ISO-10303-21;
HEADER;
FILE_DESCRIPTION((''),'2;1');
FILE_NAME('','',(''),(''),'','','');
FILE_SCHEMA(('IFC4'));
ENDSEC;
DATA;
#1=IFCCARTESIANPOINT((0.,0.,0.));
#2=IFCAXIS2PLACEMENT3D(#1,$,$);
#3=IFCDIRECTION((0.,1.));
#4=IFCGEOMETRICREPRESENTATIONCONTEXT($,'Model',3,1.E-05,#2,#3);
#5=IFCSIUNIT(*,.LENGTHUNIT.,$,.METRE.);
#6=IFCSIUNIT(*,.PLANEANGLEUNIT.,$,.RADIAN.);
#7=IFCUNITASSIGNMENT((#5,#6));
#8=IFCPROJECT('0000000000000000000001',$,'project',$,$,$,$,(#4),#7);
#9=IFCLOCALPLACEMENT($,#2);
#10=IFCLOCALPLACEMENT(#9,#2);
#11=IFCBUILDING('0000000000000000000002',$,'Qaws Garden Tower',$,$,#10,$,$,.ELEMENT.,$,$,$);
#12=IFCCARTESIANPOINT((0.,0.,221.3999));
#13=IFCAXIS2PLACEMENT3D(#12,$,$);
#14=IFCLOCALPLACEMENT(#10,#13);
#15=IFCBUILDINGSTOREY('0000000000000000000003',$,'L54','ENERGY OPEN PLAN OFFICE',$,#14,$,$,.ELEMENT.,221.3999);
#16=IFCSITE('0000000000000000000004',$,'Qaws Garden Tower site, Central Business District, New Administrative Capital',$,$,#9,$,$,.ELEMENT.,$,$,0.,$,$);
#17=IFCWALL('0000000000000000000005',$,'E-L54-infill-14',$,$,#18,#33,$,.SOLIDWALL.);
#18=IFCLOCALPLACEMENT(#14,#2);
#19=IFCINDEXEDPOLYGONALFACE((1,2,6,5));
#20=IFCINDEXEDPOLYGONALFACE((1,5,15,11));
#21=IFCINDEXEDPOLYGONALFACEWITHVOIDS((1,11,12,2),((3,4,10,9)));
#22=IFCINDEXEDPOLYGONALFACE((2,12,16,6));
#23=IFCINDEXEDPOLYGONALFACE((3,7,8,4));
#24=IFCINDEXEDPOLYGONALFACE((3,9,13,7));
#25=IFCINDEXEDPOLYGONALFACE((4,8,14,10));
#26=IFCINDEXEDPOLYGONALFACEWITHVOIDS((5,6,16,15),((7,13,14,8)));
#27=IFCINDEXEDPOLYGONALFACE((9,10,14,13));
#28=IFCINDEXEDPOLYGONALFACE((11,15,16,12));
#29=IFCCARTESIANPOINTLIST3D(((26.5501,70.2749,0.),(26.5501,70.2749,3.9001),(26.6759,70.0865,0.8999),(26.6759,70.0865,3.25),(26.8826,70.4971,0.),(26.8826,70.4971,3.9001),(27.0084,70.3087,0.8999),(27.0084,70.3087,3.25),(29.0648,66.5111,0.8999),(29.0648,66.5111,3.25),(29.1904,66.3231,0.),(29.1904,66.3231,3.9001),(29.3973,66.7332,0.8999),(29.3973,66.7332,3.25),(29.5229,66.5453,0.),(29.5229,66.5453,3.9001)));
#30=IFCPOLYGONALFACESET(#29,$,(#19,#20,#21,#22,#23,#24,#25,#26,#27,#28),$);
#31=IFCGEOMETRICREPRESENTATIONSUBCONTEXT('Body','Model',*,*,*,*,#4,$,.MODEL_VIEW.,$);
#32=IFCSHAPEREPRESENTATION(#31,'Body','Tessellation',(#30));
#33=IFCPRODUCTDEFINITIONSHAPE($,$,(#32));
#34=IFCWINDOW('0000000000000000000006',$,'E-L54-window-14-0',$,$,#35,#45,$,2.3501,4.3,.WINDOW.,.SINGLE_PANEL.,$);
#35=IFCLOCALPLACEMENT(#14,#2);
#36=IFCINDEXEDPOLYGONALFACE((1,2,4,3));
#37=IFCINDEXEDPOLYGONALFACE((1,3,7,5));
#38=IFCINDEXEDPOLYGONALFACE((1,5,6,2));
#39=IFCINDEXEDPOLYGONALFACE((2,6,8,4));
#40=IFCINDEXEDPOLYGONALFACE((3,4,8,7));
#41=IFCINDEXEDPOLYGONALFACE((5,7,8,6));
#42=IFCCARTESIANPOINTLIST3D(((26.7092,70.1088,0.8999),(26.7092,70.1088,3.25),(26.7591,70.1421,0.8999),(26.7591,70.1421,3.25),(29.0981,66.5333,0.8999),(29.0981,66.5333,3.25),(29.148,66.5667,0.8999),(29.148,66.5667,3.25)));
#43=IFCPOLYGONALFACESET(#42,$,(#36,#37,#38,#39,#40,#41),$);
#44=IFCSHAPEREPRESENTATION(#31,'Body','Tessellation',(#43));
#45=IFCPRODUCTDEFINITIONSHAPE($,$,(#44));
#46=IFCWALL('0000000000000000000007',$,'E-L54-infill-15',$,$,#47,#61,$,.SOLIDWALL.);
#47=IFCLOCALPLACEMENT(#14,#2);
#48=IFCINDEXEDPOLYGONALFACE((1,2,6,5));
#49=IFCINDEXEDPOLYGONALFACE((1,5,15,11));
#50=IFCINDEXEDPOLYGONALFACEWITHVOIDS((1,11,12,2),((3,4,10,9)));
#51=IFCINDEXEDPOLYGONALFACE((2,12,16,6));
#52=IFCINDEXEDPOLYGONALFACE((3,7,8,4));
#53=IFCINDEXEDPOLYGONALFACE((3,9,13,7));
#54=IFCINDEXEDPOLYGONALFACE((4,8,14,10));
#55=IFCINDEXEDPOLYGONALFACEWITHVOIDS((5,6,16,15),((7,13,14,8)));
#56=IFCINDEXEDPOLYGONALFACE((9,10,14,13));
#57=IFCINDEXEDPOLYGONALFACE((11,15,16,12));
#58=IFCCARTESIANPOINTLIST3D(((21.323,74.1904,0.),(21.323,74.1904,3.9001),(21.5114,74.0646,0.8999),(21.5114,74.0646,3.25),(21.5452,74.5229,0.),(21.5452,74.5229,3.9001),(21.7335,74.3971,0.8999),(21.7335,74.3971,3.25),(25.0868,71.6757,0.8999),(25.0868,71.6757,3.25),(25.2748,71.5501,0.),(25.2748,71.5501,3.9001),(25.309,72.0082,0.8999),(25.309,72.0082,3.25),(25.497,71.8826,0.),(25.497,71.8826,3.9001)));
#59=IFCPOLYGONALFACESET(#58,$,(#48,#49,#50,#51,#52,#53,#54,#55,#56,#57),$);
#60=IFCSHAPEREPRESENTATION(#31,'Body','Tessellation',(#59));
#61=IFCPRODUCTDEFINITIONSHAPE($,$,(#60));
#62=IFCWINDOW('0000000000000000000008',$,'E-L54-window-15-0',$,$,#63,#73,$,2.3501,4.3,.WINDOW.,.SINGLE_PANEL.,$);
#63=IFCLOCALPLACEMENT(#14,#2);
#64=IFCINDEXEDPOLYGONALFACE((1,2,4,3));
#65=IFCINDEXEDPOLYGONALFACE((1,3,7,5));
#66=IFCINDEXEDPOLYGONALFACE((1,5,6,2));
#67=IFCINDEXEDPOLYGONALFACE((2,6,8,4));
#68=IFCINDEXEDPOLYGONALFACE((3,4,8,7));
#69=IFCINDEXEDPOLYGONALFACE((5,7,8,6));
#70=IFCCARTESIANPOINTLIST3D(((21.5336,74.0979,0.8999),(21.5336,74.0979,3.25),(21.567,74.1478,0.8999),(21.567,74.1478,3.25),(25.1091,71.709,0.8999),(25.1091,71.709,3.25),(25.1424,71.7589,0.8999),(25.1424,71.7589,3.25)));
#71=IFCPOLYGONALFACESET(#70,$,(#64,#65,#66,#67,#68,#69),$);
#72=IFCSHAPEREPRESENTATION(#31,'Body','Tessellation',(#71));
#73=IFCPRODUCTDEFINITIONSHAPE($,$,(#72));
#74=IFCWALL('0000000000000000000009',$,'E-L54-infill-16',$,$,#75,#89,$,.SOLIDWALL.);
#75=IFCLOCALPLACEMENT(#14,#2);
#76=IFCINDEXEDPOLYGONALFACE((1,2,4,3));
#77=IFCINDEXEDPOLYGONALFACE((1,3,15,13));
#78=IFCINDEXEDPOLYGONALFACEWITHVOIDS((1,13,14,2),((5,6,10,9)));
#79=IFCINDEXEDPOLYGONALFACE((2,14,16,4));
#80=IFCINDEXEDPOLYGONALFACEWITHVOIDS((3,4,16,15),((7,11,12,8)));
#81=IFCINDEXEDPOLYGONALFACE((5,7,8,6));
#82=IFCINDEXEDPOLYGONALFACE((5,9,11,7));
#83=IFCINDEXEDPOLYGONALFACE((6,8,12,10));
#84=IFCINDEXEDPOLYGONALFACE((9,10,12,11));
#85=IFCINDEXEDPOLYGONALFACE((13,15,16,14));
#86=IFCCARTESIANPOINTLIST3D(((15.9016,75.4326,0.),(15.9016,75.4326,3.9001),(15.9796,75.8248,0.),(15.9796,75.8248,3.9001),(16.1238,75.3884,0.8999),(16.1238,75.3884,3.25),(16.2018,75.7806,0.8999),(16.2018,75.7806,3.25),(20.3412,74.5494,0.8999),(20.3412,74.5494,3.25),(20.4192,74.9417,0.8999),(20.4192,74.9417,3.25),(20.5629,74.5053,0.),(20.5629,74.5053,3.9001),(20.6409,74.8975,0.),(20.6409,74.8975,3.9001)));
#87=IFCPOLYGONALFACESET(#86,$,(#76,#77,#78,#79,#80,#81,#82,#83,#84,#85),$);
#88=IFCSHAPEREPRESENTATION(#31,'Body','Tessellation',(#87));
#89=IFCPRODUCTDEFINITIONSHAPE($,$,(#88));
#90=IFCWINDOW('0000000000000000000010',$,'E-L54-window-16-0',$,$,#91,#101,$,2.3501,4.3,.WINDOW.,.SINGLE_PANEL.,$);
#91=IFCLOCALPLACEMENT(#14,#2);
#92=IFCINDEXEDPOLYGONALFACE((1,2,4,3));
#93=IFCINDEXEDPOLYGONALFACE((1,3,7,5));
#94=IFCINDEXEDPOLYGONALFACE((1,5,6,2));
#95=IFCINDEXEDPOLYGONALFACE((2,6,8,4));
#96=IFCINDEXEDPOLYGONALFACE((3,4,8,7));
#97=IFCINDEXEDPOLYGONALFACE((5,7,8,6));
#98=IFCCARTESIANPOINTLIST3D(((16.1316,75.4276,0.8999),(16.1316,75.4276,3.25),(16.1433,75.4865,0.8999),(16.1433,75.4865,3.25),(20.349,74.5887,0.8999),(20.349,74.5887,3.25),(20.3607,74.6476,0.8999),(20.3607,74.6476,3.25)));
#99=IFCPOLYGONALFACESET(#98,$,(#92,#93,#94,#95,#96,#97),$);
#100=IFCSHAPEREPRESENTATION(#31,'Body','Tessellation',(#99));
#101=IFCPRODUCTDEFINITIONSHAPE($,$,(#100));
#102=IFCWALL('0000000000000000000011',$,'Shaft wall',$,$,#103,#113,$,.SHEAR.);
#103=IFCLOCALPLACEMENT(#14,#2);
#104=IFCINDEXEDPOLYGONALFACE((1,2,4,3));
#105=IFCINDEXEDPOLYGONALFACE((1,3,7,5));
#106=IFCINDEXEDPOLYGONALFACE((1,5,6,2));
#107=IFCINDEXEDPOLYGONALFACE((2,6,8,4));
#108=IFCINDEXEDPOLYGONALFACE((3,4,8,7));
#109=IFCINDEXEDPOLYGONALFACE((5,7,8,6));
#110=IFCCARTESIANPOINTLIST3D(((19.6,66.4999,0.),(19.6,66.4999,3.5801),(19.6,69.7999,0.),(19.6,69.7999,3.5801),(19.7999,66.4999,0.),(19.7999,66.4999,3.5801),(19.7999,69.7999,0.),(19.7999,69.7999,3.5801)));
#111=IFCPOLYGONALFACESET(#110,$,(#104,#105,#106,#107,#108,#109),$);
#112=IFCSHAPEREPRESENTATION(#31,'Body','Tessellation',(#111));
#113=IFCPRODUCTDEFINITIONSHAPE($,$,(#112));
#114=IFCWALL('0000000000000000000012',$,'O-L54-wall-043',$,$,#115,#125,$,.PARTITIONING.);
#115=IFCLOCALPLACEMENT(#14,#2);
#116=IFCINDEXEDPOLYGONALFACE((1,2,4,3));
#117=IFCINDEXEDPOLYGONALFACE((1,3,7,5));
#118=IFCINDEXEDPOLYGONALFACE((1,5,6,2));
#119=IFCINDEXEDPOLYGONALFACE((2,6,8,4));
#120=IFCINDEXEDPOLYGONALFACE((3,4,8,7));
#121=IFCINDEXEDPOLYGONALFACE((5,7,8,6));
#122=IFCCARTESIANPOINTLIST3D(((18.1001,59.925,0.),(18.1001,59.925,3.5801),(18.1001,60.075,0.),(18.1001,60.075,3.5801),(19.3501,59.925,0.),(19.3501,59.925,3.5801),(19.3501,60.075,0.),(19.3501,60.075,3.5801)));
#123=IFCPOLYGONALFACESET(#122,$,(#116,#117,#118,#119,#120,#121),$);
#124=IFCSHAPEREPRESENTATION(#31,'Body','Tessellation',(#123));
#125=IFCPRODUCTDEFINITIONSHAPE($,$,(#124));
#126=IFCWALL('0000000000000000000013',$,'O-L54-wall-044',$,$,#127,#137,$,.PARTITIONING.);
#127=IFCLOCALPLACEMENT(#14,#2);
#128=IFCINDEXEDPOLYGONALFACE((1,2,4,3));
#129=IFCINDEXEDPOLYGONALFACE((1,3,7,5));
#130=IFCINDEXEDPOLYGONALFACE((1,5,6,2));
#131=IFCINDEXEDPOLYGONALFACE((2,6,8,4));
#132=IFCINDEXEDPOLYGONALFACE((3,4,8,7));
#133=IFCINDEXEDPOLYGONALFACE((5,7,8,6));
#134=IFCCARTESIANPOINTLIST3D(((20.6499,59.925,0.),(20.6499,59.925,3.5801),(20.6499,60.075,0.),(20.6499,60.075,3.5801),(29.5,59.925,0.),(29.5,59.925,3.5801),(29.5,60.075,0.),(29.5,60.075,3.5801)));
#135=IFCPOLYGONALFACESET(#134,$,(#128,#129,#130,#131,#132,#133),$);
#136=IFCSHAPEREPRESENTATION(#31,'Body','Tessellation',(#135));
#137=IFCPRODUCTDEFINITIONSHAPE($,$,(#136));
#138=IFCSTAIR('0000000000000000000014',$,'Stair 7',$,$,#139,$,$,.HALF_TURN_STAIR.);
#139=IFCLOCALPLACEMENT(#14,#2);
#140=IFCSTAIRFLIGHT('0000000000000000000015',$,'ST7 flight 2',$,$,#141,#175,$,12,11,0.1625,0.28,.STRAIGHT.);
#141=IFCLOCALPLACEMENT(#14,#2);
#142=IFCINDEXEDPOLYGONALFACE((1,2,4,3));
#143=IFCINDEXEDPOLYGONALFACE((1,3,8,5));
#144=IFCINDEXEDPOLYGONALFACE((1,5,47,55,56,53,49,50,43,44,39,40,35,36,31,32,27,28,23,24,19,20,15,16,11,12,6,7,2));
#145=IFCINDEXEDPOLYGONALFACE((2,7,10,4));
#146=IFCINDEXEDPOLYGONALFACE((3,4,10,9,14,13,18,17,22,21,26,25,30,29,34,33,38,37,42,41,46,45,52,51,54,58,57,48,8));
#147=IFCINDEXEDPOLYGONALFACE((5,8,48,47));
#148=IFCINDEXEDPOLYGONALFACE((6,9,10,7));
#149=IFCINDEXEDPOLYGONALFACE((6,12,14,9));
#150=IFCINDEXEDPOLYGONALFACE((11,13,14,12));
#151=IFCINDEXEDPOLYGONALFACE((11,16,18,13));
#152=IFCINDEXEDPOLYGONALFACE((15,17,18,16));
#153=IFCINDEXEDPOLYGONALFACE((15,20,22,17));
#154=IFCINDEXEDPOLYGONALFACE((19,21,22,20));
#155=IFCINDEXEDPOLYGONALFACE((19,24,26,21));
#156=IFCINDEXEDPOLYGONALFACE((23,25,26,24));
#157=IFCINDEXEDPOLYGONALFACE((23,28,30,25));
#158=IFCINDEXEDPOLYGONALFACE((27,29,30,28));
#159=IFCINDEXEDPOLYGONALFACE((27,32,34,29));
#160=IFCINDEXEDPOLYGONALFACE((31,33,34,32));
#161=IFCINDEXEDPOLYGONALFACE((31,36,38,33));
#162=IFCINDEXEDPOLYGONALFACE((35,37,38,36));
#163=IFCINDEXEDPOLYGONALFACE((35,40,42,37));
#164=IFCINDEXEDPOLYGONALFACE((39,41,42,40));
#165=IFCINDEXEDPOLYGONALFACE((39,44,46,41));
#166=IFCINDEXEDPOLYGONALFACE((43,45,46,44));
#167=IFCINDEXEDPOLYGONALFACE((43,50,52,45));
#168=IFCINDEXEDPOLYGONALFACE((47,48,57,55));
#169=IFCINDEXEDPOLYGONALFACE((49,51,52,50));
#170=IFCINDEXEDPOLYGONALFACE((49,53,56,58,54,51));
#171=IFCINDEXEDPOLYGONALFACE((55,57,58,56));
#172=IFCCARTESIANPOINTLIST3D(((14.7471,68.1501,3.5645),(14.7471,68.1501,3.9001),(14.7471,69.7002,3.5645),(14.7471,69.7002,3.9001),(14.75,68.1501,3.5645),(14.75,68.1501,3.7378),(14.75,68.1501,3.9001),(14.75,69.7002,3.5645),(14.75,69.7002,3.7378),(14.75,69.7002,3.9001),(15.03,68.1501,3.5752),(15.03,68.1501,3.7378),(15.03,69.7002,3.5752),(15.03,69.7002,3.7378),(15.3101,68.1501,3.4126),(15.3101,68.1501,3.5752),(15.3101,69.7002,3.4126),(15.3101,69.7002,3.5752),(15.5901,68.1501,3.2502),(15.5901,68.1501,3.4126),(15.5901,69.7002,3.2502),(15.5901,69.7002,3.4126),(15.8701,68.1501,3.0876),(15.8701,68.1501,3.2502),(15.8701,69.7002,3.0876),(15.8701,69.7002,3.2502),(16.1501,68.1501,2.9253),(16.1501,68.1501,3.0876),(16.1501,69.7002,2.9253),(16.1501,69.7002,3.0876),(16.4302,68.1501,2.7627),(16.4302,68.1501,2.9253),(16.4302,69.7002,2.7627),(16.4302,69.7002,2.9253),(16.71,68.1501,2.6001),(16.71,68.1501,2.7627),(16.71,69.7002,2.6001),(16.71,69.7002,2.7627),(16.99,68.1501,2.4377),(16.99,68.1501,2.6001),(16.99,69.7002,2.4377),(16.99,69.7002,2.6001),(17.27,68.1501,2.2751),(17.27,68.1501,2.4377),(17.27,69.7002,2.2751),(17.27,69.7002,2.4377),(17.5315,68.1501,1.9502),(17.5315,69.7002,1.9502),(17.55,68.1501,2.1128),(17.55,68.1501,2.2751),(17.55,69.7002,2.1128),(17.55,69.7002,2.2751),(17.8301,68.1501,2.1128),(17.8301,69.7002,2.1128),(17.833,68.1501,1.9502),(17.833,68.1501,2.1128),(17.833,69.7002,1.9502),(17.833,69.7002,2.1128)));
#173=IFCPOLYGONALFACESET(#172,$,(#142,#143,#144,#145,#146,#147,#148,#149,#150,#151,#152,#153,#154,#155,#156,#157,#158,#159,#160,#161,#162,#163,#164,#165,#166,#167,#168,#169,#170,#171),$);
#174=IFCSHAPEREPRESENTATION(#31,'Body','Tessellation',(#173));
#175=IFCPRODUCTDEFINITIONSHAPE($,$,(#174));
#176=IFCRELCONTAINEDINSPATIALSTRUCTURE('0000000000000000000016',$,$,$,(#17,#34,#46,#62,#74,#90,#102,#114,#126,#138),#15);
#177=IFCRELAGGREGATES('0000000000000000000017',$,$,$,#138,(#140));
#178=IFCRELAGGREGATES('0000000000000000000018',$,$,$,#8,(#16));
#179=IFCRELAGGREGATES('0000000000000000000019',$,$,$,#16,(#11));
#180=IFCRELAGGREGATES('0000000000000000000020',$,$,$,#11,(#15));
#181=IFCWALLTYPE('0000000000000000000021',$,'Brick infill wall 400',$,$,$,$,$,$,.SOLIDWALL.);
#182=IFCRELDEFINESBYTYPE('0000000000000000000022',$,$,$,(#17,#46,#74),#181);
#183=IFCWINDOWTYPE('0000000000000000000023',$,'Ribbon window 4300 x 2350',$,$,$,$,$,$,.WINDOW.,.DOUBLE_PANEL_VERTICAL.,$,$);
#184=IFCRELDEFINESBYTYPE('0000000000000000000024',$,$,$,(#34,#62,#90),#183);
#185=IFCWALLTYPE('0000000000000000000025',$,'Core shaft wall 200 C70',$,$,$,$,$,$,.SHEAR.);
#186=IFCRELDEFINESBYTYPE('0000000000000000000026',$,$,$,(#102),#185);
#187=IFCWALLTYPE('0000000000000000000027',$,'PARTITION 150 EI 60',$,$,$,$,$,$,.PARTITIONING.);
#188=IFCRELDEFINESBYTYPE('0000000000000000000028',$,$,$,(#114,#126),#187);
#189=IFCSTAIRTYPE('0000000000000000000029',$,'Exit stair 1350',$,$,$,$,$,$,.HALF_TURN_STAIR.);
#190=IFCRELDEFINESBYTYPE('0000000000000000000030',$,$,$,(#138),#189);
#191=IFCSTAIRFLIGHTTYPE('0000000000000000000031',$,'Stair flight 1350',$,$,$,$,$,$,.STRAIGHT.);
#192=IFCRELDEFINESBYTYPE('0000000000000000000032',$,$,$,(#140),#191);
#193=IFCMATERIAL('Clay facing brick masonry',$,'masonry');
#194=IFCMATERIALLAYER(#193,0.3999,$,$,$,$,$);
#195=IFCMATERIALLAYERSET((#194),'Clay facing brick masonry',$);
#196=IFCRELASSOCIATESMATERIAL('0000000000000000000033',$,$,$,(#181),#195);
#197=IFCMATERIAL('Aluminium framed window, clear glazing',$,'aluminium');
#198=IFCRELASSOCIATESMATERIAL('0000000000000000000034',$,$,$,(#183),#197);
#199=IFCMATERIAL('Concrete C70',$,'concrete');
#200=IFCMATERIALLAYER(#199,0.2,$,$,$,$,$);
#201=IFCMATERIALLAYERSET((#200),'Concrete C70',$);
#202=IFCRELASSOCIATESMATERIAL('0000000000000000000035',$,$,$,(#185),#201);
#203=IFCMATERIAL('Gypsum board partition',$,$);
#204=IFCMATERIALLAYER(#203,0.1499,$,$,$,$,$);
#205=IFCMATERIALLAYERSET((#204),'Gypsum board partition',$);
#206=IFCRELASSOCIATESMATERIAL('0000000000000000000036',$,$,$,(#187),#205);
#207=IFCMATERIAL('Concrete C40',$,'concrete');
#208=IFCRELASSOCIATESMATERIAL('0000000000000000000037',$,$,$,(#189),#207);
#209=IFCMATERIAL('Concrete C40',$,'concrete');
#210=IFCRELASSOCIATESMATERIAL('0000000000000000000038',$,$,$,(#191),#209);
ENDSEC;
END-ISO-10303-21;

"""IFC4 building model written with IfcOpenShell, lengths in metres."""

from ifc_helpers import new_model, si_unit, direction, frame, frame_2d, origin, place, context, subcontext, project, spatial, polyline, rectangle, outline, extrude, material, layer, layer_set, type_object, element, fill, aggregate, save


model = new_model("IFC4")

# Units and contexts
model_context = context("Model", 3, precision=1e-05, world=origin(), true_north=direction((0.0, 1.0)))
body_context = subcontext(model_context, "Body", "Model", "MODEL_VIEW")
ifc_project = project(units=[si_unit("LENGTHUNIT", "METRE"), si_unit("PLANEANGLEUNIT", "RADIAN")], contexts=[model_context])

# Site, building, storey
site_placement = place(None, origin())
site = spatial("IfcSite", under=ifc_project, at=site_placement, Name="Qaws Garden Tower site, Central Business District, New Administrative Capital", CompositionType="ELEMENT", RefElevation=0.0)
building_placement = place(site_placement, origin())
building = spatial("IfcBuilding", under=site, at=building_placement, Name="Qaws Garden Tower", CompositionType="ELEMENT")
storey_placement = place(building_placement, frame((0.0, 0.0, 221.3999)))
storey = spatial("IfcBuildingStorey", under=building, at=storey_placement, Name="L54", Description="ENERGY OPEN PLAN OFFICE", CompositionType="ELEMENT", Elevation=221.3999)

# Walls, openings, windows
ifc_material_1 = material(Name="Clay facing brick masonry", Category="masonry")
ifc_layer_1 = layer(ifc_material_1, 0.3999)
ifc_layer_set_1 = layer_set([ifc_layer_1], Name="Clay facing brick masonry")
wall_type_1 = type_object("IfcWallType", Name="Brick infill wall 400", PredefinedType="SOLIDWALL", material=ifc_layer_set_1)
ifc_material_2 = material(Name="Aluminium framed window, clear glazing", Category="aluminium")
window_type = type_object("IfcWindowType", Name="Ribbon window 4300 x 2350", PartitioningType="DOUBLE_PANEL_VERTICAL", PredefinedType="WINDOW", material=ifc_material_2)
wall_1_placement = place(storey_placement, frame((29.3567, 66.4341, 0.0), z_axis=(0.0, 0.0, 1.0), x_axis=(-0.555542, 0.831489, 0.0)))
wall_1 = element("IfcWall", 1, at=wall_1_placement, inside=storey, type_object=wall_type_1, Name="E-L54-infill-14", PredefinedType="SOLIDWALL", context=body_context, shape_type="SweptSolid", body=[
    extrude(rectangle(XDim=4.7527, YDim=0.3999, at=frame_2d((2.3765, 0.0))), origin(), (0.0, 0.0, 1.0), 3.9001),
])
opening_1_placement = place(wall_1_placement, frame((0.2263, 0.0, 0.8999)))
opening_1 = element("IfcOpeningElement", 2, at=opening_1_placement, cuts=wall_1, PredefinedType="OPENING", context=body_context, shape_type="SweptSolid", body=[
    extrude(rectangle(XDim=4.3, YDim=2.3501, at=frame_2d((2.1499, 1.175))), frame((0.0, 0.21, 0.0), z_axis=(0.0, -1.0, 0.0), x_axis=(1.0, 0.0, 0.0)), (0.0, 0.0, 1.0), 0.4199),
])
window_1_placement = place(opening_1_placement, origin())
window_1 = element("IfcWindow", 3, at=window_1_placement, inside=storey, type_object=window_type, Name="E-L54-window-14-0", OverallHeight=2.3501, OverallWidth=4.3, PartitioningType="SINGLE_PANEL", PredefinedType="WINDOW", context=body_context, shape_type="SweptSolid", body=[
    extrude(rectangle(XDim=4.3, YDim=2.3501, at=frame_2d((2.1499, 1.175))), frame((0.0, 0.1599, 0.0), z_axis=(0.0, -1.0, 0.0), x_axis=(1.0, 0.0, 0.0)), (0.0, 0.0, 1.0), 0.0601),
])
fill(opening_1, window_1)
wall_2_placement = place(storey_placement, frame((25.386, 71.7163, 0.0), z_axis=(0.0, 0.0, 1.0), x_axis=(-0.831489, 0.555542, 0.0)))
wall_2 = element("IfcWall", 4, at=wall_2_placement, inside=storey, type_object=wall_type_1, Name="E-L54-infill-15", PredefinedType="SOLIDWALL", context=body_context, shape_type="SweptSolid", body=[
    extrude(rectangle(XDim=4.7527, YDim=0.3999, at=frame_2d((2.3765, 0.0))), origin(), (0.0, 0.0, 1.0), 3.9001),
])
opening_2_placement = place(wall_2_placement, frame((0.2263, 0.0, 0.8999)))
opening_2 = element("IfcOpeningElement", 5, at=opening_2_placement, cuts=wall_2, PredefinedType="OPENING", context=body_context, shape_type="SweptSolid", body=[
    extrude(rectangle(XDim=4.3, YDim=2.3501, at=frame_2d((2.1499, 1.175))), frame((0.0, 0.21, 0.0), z_axis=(0.0, -1.0, 0.0), x_axis=(1.0, 0.0, 0.0)), (0.0, 0.0, 1.0), 0.4199),
])
window_2_placement = place(opening_2_placement, origin())
window_2 = element("IfcWindow", 6, at=window_2_placement, inside=storey, type_object=window_type, Name="E-L54-window-15-0", OverallHeight=2.3501, OverallWidth=4.3, PartitioningType="SINGLE_PANEL", PredefinedType="WINDOW", context=body_context, shape_type="SweptSolid", body=[
    extrude(rectangle(XDim=4.3, YDim=2.3501, at=frame_2d((2.1499, 1.175))), frame((0.0, 0.1599, 0.0), z_axis=(0.0, -1.0, 0.0), x_axis=(1.0, 0.0, 0.0)), (0.0, 0.0, 1.0), 0.0601),
])
fill(opening_2, window_2)
wall_3_placement = place(storey_placement, frame((20.6021, 74.7014, 0.0), z_axis=(0.0, 0.0, 1.0), x_axis=(-0.980784, 0.195099, 0.0)))
wall_3 = element("IfcWall", 7, at=wall_3_placement, inside=storey, type_object=wall_type_1, Name="E-L54-infill-16", PredefinedType="SOLIDWALL", context=body_context, shape_type="SweptSolid", body=[
    extrude(rectangle(XDim=4.7527, YDim=0.3999, at=frame_2d((2.3765, 0.0))), origin(), (0.0, 0.0, 1.0), 3.9001),
])
opening_3_placement = place(wall_3_placement, frame((0.2263, 0.0, 0.8999)))
opening_3 = element("IfcOpeningElement", 8, at=opening_3_placement, cuts=wall_3, PredefinedType="OPENING", context=body_context, shape_type="SweptSolid", body=[
    extrude(rectangle(XDim=4.3, YDim=2.3501, at=frame_2d((2.1499, 1.175))), frame((0.0, 0.21, 0.0), z_axis=(0.0, -1.0, 0.0), x_axis=(1.0, 0.0, 0.0)), (0.0, 0.0, 1.0), 0.4199),
])
window_3_placement = place(opening_3_placement, origin())
window_3 = element("IfcWindow", 9, at=window_3_placement, inside=storey, type_object=window_type, Name="E-L54-window-16-0", OverallHeight=2.3501, OverallWidth=4.3, PartitioningType="SINGLE_PANEL", PredefinedType="WINDOW", context=body_context, shape_type="SweptSolid", body=[
    extrude(rectangle(XDim=4.3, YDim=2.3501, at=frame_2d((2.1499, 1.175))), frame((0.0, 0.1599, 0.0), z_axis=(0.0, -1.0, 0.0), x_axis=(1.0, 0.0, 0.0)), (0.0, 0.0, 1.0), 0.0601),
])
fill(opening_3, window_3)

# Walls
ifc_material_3 = material(Name="Concrete C70", Category="concrete")
ifc_layer_2 = layer(ifc_material_3, 0.2)
ifc_layer_set_2 = layer_set([ifc_layer_2], Name="Concrete C70")
wall_type_2 = type_object("IfcWallType", Name="Core shaft wall 200 C70", PredefinedType="SHEAR", material=ifc_layer_set_2)
wall_4_placement = place(storey_placement, frame((19.7, 66.5, 0.0), z_axis=(0.0, 0.0, 1.0), x_axis=(0.0, 1.0, 0.0)))
element("IfcWall", 10, at=wall_4_placement, inside=storey, type_object=wall_type_2, Name="Shaft wall", PredefinedType="SHEAR", context=body_context, shape_type="SweptSolid", body=[
    extrude(rectangle(XDim=3.3, YDim=0.2, at=frame_2d((1.6499, 0.0))), origin(), (0.0, 0.0, 1.0), 3.5801),
])
ifc_material_4 = material(Name="Gypsum board partition")
ifc_layer_3 = layer(ifc_material_4, 0.1499)
ifc_layer_set_3 = layer_set([ifc_layer_3], Name="Gypsum board partition")
wall_type_3 = type_object("IfcWallType", Name="PARTITION 150 EI 60", PredefinedType="PARTITIONING", material=ifc_layer_set_3)
wall_5_placement = place(storey_placement, frame((18.1001, 60.0, 0.0), z_axis=(0.0, 0.0, 1.0), x_axis=(1.0, 0.0, 0.0)))
element("IfcWall", 11, at=wall_5_placement, inside=storey, type_object=wall_type_3, Name="O-L54-wall-043", PredefinedType="PARTITIONING", context=body_context, shape_type="SweptSolid", body=[
    extrude(rectangle(XDim=1.25, YDim=0.1499, at=frame_2d((0.625, 0.0))), origin(), (0.0, 0.0, 1.0), 3.5801),
])
wall_6_placement = place(storey_placement, frame((20.6499, 60.0, 0.0), z_axis=(0.0, 0.0, 1.0), x_axis=(1.0, 0.0, 0.0)))
element("IfcWall", 12, at=wall_6_placement, inside=storey, type_object=wall_type_3, Name="O-L54-wall-044", PredefinedType="PARTITIONING", context=body_context, shape_type="SweptSolid", body=[
    extrude(rectangle(XDim=8.8501, YDim=0.1499, at=frame_2d((4.425, 0.0))), origin(), (0.0, 0.0, 1.0), 3.5801),
])

# Stair, stair flight
ifc_material_5 = material(Name="Concrete C40", Category="concrete")
stair_type = type_object("IfcStairType", Name="Exit stair 1350", PredefinedType="HALF_TURN_STAIR", material=ifc_material_5)
stair_placement = place(storey_placement, origin())
stair = element("IfcStair", 13, at=stair_placement, inside=storey, type_object=stair_type, Name="Stair 7", PredefinedType="HALF_TURN_STAIR")
ifc_material_6 = material(Name="Concrete C40", Category="concrete")
stair_flight_type = type_object("IfcStairFlightType", Name="Stair flight 1350", PredefinedType="STRAIGHT", material=ifc_material_6)
stair_flight_placement = place(storey_placement, frame((17.8301, 68.925, 1.9502), z_axis=(0.0, 0.0, 1.0), x_axis=(-1.0, 0.0, 0.0)))
stair_flight = element("IfcStairFlight", 14, at=stair_flight_placement, type_object=stair_flight_type, Name="ST7 flight 2", NumberOfRisers=12, NumberOfTreads=11, PredefinedType="STRAIGHT", RiserHeight=0.1625, TreadLength=0.28, context=body_context, shape_type="SweptSolid", body=[
    extrude(outline(polyline([(-0.0029, 0.0), (-0.0029, 0.1626), (0.0, 0.1626), (0.28, 0.1626), (0.28, 0.325), (0.5601, 0.325), (0.5601, 0.4875), (0.8401, 0.4875), (0.8401, 0.6499), (1.1201, 0.6499), (1.1201, 0.8125), (1.3999, 0.8125), (1.3999, 0.9751), (1.6799, 0.9751), (1.6799, 1.1375), (1.96, 1.1375), (1.96, 1.3), (2.24, 1.3), (2.24, 1.4624), (2.52, 1.4624), (2.52, 1.625), (2.8, 1.625), (2.8, 1.7876), (3.0801, 1.7876), (3.0801, 1.95), (3.083, 1.95), (3.083, 1.6143), (3.0801, 1.6143), (0.2986, 0.0), (-0.0029, 0.0)])), frame((0.0, 0.7749, 0.0), z_axis=(0.0, -1.0, 0.0), x_axis=(1.0, 0.0, 0.0)), (0.0, 0.0, 1.0), 1.55),
])
aggregate(stair, [stair_flight])

save(model, "model.ifc")
